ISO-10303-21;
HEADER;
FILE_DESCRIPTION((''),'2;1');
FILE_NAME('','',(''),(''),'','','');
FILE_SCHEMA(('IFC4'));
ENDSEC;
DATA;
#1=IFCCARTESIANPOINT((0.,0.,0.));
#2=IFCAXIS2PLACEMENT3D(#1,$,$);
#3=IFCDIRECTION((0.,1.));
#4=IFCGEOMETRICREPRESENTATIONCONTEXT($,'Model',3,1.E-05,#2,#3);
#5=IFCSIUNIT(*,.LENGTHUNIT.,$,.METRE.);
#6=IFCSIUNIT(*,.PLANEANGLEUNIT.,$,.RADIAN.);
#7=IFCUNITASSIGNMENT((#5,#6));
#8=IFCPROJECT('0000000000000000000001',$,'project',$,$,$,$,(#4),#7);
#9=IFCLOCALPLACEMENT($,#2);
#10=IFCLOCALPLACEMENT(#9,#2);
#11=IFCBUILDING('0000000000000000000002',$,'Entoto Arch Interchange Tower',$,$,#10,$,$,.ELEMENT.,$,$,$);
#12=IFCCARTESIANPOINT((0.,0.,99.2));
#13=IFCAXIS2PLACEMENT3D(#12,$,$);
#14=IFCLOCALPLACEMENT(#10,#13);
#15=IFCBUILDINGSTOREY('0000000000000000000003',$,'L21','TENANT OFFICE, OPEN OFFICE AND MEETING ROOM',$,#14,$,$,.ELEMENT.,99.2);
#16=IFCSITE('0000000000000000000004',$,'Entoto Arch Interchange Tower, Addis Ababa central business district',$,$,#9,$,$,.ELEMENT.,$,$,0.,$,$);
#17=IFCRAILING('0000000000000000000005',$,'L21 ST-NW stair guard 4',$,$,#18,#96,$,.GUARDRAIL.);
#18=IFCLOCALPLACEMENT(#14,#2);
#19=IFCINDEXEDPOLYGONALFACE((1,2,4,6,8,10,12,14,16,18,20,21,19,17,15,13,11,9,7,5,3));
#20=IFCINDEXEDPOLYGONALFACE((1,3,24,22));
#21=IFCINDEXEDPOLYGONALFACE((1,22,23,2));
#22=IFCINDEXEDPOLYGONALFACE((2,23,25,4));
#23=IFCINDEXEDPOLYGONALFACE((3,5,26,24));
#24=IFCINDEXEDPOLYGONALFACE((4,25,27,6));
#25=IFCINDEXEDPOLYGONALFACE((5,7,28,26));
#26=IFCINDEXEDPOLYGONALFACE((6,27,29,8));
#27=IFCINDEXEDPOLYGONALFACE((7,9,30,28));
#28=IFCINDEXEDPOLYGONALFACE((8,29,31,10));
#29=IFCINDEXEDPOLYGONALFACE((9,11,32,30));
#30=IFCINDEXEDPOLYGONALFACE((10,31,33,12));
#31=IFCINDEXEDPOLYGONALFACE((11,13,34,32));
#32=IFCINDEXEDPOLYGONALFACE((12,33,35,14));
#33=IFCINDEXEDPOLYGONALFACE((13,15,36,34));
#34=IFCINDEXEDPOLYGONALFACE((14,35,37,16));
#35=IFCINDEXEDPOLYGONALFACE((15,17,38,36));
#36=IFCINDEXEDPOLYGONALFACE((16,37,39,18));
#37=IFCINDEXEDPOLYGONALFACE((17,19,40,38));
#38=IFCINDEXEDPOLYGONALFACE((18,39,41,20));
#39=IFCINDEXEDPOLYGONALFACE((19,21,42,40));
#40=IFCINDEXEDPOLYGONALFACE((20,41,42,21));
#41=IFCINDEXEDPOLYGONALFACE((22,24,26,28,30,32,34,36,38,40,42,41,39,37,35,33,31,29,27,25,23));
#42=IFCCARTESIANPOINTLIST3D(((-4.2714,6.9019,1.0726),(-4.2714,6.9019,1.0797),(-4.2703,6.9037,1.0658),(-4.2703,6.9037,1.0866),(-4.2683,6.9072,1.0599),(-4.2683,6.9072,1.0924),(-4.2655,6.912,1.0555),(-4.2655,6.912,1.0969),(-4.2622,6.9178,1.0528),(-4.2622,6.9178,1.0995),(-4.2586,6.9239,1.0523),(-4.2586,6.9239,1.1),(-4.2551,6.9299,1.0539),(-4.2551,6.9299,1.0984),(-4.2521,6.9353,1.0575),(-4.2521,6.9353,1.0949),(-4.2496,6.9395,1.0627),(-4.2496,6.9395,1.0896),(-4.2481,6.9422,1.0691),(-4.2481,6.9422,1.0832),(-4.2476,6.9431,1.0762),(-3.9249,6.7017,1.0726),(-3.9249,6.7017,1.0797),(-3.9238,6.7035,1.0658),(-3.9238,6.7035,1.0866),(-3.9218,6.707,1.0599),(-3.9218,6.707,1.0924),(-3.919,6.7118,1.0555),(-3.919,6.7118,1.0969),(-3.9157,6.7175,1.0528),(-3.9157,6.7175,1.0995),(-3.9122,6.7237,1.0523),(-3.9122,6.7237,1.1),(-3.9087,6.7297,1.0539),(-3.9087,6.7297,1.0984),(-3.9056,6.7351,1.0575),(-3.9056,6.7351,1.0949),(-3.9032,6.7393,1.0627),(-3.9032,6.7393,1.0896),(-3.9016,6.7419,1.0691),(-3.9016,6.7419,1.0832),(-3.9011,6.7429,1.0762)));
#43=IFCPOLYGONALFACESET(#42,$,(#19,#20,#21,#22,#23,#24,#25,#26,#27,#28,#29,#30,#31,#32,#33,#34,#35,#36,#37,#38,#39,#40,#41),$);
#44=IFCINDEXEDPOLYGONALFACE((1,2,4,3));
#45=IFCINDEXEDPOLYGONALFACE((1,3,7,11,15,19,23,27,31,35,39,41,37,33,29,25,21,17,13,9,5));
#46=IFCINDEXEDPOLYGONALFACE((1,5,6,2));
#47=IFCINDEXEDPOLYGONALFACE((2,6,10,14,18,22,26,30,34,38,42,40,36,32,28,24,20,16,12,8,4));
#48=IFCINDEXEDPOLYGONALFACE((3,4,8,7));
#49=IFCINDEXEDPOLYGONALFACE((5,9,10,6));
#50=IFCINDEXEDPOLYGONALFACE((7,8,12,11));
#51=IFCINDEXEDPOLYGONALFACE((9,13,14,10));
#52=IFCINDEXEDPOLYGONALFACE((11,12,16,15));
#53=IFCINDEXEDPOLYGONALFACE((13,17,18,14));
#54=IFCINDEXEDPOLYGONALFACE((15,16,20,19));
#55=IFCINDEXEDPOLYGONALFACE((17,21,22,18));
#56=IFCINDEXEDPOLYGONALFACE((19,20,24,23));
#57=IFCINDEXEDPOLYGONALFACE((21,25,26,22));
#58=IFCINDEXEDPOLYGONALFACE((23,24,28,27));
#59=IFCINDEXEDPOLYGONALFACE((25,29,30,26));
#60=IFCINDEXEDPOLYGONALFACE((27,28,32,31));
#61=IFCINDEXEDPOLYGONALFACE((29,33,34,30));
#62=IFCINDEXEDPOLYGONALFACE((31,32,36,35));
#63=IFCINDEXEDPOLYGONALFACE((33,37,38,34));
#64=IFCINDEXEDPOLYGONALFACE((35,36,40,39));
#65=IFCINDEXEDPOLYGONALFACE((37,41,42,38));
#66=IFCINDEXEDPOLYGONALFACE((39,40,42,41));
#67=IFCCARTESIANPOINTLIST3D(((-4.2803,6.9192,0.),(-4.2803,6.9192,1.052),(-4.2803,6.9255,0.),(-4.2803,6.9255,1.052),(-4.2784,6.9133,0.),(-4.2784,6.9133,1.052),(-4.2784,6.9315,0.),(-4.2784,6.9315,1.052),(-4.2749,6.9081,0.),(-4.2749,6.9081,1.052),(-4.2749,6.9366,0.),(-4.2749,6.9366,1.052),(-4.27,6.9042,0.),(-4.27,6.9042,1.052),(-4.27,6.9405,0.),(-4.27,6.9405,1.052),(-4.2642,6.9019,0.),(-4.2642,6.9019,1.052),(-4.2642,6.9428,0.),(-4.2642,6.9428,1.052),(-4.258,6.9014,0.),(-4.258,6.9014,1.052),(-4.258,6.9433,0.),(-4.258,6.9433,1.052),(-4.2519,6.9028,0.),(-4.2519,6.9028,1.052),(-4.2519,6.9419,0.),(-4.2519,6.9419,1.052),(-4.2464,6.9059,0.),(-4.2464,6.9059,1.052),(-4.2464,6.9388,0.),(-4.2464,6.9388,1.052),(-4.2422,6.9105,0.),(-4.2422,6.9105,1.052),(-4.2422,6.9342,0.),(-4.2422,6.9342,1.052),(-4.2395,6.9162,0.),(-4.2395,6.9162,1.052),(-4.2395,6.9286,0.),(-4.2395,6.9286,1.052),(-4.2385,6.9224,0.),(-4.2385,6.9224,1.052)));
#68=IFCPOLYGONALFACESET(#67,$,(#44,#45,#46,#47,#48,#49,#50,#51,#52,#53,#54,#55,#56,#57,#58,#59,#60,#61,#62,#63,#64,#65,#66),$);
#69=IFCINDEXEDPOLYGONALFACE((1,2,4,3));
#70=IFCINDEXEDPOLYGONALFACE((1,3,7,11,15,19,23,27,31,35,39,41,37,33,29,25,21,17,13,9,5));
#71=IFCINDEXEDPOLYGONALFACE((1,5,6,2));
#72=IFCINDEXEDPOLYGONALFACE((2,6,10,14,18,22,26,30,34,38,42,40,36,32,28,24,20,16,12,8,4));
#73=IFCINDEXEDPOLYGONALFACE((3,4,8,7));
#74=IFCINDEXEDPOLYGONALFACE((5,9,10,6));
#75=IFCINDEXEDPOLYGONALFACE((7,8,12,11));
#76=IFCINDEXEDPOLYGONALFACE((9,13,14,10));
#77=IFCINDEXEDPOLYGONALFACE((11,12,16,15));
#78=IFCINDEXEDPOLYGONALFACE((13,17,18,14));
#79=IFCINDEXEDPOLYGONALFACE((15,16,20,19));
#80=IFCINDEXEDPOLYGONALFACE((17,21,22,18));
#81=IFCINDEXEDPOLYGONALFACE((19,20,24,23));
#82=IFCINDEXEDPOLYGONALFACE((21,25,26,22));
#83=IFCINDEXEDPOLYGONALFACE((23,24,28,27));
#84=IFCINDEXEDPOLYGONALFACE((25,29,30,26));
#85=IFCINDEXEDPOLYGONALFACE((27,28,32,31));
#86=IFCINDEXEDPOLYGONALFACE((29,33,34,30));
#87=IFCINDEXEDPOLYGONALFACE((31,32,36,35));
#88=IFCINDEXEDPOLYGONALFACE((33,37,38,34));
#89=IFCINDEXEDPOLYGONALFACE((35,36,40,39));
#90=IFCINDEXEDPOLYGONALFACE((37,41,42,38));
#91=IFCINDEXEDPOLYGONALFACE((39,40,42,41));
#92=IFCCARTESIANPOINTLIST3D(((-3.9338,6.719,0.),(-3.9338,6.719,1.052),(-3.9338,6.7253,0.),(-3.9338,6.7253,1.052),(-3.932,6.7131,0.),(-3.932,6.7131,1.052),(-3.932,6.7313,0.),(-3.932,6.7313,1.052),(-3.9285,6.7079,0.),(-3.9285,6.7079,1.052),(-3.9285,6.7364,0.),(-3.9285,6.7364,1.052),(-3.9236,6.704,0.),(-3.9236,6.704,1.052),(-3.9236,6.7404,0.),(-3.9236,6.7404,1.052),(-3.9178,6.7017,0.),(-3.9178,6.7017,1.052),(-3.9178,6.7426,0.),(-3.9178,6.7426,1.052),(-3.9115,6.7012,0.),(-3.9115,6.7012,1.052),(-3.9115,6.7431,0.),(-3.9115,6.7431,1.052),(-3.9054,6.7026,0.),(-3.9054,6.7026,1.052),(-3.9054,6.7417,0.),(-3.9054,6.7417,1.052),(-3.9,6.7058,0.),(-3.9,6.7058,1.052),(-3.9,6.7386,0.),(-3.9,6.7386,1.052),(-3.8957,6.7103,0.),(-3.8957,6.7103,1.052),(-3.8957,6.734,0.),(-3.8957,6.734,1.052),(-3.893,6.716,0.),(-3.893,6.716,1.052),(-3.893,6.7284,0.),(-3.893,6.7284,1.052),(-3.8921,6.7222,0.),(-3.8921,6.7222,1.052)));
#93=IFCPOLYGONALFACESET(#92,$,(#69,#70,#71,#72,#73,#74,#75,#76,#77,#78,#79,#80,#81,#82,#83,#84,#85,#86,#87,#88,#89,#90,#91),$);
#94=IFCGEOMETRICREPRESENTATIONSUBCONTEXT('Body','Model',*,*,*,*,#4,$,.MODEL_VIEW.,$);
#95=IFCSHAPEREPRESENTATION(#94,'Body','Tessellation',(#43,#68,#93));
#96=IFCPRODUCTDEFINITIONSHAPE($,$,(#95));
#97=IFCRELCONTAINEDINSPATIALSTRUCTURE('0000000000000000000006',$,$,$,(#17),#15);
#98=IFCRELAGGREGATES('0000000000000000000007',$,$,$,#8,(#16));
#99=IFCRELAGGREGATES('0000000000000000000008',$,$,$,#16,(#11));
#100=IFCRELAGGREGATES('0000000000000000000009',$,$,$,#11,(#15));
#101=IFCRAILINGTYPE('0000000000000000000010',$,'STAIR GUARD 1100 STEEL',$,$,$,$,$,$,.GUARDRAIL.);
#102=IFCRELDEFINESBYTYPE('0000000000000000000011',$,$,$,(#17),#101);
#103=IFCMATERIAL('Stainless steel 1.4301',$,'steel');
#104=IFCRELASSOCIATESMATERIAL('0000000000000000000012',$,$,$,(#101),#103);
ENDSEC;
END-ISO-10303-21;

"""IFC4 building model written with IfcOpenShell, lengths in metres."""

from ifc_helpers import new_model, si_unit, direction, frame, origin, origin_2d, place, context, subcontext, project, spatial, circle, extrude, material, type_object, element, save


model = new_model("IFC4")

# Units and contexts
model_context = context("Model", 3, precision=1e-05, world=origin(), true_north=direction((0.0, 1.0)))
body_context = subcontext(model_context, "Body", "Model", "MODEL_VIEW")
ifc_project = project(units=[si_unit("LENGTHUNIT", "METRE"), si_unit("PLANEANGLEUNIT", "RADIAN")], contexts=[model_context])

# Site, building, storey
site_placement = place(None, origin())
site = spatial("IfcSite", under=ifc_project, at=site_placement, Name="Entoto Arch Interchange Tower, Addis Ababa central business district", CompositionType="ELEMENT", RefElevation=0.0)
building_placement = place(site_placement, origin())
building = spatial("IfcBuilding", under=site, at=building_placement, Name="Entoto Arch Interchange Tower", CompositionType="ELEMENT")
storey_placement = place(building_placement, frame((0.0, 0.0, 99.2)))
storey = spatial("IfcBuildingStorey", under=building, at=storey_placement, Name="L21", Description="TENANT OFFICE, OPEN OFFICE AND MEETING ROOM", CompositionType="ELEMENT", Elevation=99.2)

# Railing
ifc_material_1 = material(Name="Stainless steel 1.4301", Category="steel")
railing_type_1 = type_object("IfcRailingType", Name="STAIR GUARD 1100 STEEL", PredefinedType="GUARDRAIL", material=ifc_material_1)
railing_1_placement = place(storey_placement, frame((-4.2595, 6.9224, 0.0)))
element("IfcRailing", 1, at=railing_1_placement, inside=storey, type_object=railing_type_1, Name="L21 ST-NW stair guard 4", PredefinedType="GUARDRAIL", context=body_context, shape_type="SweptSolid", body=[
    extrude(circle(Radius=0.0239, at=origin_2d()), frame((0.0, 0.0, 1.0762), z_axis=(0.86583, -0.500339, 0.0), x_axis=(0.500339, 0.86583, 0.0)), (0.0, 0.0, 1.0), 0.4001),
    extrude(circle(Radius=0.021, at=origin_2d()), origin(), (0.0, 0.0, 1.0), 1.052),
    extrude(circle(Radius=0.021, at=origin_2d()), frame((0.3464, -0.2002, 0.0)), (0.0, 0.0, 1.0), 1.052),
])

save(model, "model.ifc")
